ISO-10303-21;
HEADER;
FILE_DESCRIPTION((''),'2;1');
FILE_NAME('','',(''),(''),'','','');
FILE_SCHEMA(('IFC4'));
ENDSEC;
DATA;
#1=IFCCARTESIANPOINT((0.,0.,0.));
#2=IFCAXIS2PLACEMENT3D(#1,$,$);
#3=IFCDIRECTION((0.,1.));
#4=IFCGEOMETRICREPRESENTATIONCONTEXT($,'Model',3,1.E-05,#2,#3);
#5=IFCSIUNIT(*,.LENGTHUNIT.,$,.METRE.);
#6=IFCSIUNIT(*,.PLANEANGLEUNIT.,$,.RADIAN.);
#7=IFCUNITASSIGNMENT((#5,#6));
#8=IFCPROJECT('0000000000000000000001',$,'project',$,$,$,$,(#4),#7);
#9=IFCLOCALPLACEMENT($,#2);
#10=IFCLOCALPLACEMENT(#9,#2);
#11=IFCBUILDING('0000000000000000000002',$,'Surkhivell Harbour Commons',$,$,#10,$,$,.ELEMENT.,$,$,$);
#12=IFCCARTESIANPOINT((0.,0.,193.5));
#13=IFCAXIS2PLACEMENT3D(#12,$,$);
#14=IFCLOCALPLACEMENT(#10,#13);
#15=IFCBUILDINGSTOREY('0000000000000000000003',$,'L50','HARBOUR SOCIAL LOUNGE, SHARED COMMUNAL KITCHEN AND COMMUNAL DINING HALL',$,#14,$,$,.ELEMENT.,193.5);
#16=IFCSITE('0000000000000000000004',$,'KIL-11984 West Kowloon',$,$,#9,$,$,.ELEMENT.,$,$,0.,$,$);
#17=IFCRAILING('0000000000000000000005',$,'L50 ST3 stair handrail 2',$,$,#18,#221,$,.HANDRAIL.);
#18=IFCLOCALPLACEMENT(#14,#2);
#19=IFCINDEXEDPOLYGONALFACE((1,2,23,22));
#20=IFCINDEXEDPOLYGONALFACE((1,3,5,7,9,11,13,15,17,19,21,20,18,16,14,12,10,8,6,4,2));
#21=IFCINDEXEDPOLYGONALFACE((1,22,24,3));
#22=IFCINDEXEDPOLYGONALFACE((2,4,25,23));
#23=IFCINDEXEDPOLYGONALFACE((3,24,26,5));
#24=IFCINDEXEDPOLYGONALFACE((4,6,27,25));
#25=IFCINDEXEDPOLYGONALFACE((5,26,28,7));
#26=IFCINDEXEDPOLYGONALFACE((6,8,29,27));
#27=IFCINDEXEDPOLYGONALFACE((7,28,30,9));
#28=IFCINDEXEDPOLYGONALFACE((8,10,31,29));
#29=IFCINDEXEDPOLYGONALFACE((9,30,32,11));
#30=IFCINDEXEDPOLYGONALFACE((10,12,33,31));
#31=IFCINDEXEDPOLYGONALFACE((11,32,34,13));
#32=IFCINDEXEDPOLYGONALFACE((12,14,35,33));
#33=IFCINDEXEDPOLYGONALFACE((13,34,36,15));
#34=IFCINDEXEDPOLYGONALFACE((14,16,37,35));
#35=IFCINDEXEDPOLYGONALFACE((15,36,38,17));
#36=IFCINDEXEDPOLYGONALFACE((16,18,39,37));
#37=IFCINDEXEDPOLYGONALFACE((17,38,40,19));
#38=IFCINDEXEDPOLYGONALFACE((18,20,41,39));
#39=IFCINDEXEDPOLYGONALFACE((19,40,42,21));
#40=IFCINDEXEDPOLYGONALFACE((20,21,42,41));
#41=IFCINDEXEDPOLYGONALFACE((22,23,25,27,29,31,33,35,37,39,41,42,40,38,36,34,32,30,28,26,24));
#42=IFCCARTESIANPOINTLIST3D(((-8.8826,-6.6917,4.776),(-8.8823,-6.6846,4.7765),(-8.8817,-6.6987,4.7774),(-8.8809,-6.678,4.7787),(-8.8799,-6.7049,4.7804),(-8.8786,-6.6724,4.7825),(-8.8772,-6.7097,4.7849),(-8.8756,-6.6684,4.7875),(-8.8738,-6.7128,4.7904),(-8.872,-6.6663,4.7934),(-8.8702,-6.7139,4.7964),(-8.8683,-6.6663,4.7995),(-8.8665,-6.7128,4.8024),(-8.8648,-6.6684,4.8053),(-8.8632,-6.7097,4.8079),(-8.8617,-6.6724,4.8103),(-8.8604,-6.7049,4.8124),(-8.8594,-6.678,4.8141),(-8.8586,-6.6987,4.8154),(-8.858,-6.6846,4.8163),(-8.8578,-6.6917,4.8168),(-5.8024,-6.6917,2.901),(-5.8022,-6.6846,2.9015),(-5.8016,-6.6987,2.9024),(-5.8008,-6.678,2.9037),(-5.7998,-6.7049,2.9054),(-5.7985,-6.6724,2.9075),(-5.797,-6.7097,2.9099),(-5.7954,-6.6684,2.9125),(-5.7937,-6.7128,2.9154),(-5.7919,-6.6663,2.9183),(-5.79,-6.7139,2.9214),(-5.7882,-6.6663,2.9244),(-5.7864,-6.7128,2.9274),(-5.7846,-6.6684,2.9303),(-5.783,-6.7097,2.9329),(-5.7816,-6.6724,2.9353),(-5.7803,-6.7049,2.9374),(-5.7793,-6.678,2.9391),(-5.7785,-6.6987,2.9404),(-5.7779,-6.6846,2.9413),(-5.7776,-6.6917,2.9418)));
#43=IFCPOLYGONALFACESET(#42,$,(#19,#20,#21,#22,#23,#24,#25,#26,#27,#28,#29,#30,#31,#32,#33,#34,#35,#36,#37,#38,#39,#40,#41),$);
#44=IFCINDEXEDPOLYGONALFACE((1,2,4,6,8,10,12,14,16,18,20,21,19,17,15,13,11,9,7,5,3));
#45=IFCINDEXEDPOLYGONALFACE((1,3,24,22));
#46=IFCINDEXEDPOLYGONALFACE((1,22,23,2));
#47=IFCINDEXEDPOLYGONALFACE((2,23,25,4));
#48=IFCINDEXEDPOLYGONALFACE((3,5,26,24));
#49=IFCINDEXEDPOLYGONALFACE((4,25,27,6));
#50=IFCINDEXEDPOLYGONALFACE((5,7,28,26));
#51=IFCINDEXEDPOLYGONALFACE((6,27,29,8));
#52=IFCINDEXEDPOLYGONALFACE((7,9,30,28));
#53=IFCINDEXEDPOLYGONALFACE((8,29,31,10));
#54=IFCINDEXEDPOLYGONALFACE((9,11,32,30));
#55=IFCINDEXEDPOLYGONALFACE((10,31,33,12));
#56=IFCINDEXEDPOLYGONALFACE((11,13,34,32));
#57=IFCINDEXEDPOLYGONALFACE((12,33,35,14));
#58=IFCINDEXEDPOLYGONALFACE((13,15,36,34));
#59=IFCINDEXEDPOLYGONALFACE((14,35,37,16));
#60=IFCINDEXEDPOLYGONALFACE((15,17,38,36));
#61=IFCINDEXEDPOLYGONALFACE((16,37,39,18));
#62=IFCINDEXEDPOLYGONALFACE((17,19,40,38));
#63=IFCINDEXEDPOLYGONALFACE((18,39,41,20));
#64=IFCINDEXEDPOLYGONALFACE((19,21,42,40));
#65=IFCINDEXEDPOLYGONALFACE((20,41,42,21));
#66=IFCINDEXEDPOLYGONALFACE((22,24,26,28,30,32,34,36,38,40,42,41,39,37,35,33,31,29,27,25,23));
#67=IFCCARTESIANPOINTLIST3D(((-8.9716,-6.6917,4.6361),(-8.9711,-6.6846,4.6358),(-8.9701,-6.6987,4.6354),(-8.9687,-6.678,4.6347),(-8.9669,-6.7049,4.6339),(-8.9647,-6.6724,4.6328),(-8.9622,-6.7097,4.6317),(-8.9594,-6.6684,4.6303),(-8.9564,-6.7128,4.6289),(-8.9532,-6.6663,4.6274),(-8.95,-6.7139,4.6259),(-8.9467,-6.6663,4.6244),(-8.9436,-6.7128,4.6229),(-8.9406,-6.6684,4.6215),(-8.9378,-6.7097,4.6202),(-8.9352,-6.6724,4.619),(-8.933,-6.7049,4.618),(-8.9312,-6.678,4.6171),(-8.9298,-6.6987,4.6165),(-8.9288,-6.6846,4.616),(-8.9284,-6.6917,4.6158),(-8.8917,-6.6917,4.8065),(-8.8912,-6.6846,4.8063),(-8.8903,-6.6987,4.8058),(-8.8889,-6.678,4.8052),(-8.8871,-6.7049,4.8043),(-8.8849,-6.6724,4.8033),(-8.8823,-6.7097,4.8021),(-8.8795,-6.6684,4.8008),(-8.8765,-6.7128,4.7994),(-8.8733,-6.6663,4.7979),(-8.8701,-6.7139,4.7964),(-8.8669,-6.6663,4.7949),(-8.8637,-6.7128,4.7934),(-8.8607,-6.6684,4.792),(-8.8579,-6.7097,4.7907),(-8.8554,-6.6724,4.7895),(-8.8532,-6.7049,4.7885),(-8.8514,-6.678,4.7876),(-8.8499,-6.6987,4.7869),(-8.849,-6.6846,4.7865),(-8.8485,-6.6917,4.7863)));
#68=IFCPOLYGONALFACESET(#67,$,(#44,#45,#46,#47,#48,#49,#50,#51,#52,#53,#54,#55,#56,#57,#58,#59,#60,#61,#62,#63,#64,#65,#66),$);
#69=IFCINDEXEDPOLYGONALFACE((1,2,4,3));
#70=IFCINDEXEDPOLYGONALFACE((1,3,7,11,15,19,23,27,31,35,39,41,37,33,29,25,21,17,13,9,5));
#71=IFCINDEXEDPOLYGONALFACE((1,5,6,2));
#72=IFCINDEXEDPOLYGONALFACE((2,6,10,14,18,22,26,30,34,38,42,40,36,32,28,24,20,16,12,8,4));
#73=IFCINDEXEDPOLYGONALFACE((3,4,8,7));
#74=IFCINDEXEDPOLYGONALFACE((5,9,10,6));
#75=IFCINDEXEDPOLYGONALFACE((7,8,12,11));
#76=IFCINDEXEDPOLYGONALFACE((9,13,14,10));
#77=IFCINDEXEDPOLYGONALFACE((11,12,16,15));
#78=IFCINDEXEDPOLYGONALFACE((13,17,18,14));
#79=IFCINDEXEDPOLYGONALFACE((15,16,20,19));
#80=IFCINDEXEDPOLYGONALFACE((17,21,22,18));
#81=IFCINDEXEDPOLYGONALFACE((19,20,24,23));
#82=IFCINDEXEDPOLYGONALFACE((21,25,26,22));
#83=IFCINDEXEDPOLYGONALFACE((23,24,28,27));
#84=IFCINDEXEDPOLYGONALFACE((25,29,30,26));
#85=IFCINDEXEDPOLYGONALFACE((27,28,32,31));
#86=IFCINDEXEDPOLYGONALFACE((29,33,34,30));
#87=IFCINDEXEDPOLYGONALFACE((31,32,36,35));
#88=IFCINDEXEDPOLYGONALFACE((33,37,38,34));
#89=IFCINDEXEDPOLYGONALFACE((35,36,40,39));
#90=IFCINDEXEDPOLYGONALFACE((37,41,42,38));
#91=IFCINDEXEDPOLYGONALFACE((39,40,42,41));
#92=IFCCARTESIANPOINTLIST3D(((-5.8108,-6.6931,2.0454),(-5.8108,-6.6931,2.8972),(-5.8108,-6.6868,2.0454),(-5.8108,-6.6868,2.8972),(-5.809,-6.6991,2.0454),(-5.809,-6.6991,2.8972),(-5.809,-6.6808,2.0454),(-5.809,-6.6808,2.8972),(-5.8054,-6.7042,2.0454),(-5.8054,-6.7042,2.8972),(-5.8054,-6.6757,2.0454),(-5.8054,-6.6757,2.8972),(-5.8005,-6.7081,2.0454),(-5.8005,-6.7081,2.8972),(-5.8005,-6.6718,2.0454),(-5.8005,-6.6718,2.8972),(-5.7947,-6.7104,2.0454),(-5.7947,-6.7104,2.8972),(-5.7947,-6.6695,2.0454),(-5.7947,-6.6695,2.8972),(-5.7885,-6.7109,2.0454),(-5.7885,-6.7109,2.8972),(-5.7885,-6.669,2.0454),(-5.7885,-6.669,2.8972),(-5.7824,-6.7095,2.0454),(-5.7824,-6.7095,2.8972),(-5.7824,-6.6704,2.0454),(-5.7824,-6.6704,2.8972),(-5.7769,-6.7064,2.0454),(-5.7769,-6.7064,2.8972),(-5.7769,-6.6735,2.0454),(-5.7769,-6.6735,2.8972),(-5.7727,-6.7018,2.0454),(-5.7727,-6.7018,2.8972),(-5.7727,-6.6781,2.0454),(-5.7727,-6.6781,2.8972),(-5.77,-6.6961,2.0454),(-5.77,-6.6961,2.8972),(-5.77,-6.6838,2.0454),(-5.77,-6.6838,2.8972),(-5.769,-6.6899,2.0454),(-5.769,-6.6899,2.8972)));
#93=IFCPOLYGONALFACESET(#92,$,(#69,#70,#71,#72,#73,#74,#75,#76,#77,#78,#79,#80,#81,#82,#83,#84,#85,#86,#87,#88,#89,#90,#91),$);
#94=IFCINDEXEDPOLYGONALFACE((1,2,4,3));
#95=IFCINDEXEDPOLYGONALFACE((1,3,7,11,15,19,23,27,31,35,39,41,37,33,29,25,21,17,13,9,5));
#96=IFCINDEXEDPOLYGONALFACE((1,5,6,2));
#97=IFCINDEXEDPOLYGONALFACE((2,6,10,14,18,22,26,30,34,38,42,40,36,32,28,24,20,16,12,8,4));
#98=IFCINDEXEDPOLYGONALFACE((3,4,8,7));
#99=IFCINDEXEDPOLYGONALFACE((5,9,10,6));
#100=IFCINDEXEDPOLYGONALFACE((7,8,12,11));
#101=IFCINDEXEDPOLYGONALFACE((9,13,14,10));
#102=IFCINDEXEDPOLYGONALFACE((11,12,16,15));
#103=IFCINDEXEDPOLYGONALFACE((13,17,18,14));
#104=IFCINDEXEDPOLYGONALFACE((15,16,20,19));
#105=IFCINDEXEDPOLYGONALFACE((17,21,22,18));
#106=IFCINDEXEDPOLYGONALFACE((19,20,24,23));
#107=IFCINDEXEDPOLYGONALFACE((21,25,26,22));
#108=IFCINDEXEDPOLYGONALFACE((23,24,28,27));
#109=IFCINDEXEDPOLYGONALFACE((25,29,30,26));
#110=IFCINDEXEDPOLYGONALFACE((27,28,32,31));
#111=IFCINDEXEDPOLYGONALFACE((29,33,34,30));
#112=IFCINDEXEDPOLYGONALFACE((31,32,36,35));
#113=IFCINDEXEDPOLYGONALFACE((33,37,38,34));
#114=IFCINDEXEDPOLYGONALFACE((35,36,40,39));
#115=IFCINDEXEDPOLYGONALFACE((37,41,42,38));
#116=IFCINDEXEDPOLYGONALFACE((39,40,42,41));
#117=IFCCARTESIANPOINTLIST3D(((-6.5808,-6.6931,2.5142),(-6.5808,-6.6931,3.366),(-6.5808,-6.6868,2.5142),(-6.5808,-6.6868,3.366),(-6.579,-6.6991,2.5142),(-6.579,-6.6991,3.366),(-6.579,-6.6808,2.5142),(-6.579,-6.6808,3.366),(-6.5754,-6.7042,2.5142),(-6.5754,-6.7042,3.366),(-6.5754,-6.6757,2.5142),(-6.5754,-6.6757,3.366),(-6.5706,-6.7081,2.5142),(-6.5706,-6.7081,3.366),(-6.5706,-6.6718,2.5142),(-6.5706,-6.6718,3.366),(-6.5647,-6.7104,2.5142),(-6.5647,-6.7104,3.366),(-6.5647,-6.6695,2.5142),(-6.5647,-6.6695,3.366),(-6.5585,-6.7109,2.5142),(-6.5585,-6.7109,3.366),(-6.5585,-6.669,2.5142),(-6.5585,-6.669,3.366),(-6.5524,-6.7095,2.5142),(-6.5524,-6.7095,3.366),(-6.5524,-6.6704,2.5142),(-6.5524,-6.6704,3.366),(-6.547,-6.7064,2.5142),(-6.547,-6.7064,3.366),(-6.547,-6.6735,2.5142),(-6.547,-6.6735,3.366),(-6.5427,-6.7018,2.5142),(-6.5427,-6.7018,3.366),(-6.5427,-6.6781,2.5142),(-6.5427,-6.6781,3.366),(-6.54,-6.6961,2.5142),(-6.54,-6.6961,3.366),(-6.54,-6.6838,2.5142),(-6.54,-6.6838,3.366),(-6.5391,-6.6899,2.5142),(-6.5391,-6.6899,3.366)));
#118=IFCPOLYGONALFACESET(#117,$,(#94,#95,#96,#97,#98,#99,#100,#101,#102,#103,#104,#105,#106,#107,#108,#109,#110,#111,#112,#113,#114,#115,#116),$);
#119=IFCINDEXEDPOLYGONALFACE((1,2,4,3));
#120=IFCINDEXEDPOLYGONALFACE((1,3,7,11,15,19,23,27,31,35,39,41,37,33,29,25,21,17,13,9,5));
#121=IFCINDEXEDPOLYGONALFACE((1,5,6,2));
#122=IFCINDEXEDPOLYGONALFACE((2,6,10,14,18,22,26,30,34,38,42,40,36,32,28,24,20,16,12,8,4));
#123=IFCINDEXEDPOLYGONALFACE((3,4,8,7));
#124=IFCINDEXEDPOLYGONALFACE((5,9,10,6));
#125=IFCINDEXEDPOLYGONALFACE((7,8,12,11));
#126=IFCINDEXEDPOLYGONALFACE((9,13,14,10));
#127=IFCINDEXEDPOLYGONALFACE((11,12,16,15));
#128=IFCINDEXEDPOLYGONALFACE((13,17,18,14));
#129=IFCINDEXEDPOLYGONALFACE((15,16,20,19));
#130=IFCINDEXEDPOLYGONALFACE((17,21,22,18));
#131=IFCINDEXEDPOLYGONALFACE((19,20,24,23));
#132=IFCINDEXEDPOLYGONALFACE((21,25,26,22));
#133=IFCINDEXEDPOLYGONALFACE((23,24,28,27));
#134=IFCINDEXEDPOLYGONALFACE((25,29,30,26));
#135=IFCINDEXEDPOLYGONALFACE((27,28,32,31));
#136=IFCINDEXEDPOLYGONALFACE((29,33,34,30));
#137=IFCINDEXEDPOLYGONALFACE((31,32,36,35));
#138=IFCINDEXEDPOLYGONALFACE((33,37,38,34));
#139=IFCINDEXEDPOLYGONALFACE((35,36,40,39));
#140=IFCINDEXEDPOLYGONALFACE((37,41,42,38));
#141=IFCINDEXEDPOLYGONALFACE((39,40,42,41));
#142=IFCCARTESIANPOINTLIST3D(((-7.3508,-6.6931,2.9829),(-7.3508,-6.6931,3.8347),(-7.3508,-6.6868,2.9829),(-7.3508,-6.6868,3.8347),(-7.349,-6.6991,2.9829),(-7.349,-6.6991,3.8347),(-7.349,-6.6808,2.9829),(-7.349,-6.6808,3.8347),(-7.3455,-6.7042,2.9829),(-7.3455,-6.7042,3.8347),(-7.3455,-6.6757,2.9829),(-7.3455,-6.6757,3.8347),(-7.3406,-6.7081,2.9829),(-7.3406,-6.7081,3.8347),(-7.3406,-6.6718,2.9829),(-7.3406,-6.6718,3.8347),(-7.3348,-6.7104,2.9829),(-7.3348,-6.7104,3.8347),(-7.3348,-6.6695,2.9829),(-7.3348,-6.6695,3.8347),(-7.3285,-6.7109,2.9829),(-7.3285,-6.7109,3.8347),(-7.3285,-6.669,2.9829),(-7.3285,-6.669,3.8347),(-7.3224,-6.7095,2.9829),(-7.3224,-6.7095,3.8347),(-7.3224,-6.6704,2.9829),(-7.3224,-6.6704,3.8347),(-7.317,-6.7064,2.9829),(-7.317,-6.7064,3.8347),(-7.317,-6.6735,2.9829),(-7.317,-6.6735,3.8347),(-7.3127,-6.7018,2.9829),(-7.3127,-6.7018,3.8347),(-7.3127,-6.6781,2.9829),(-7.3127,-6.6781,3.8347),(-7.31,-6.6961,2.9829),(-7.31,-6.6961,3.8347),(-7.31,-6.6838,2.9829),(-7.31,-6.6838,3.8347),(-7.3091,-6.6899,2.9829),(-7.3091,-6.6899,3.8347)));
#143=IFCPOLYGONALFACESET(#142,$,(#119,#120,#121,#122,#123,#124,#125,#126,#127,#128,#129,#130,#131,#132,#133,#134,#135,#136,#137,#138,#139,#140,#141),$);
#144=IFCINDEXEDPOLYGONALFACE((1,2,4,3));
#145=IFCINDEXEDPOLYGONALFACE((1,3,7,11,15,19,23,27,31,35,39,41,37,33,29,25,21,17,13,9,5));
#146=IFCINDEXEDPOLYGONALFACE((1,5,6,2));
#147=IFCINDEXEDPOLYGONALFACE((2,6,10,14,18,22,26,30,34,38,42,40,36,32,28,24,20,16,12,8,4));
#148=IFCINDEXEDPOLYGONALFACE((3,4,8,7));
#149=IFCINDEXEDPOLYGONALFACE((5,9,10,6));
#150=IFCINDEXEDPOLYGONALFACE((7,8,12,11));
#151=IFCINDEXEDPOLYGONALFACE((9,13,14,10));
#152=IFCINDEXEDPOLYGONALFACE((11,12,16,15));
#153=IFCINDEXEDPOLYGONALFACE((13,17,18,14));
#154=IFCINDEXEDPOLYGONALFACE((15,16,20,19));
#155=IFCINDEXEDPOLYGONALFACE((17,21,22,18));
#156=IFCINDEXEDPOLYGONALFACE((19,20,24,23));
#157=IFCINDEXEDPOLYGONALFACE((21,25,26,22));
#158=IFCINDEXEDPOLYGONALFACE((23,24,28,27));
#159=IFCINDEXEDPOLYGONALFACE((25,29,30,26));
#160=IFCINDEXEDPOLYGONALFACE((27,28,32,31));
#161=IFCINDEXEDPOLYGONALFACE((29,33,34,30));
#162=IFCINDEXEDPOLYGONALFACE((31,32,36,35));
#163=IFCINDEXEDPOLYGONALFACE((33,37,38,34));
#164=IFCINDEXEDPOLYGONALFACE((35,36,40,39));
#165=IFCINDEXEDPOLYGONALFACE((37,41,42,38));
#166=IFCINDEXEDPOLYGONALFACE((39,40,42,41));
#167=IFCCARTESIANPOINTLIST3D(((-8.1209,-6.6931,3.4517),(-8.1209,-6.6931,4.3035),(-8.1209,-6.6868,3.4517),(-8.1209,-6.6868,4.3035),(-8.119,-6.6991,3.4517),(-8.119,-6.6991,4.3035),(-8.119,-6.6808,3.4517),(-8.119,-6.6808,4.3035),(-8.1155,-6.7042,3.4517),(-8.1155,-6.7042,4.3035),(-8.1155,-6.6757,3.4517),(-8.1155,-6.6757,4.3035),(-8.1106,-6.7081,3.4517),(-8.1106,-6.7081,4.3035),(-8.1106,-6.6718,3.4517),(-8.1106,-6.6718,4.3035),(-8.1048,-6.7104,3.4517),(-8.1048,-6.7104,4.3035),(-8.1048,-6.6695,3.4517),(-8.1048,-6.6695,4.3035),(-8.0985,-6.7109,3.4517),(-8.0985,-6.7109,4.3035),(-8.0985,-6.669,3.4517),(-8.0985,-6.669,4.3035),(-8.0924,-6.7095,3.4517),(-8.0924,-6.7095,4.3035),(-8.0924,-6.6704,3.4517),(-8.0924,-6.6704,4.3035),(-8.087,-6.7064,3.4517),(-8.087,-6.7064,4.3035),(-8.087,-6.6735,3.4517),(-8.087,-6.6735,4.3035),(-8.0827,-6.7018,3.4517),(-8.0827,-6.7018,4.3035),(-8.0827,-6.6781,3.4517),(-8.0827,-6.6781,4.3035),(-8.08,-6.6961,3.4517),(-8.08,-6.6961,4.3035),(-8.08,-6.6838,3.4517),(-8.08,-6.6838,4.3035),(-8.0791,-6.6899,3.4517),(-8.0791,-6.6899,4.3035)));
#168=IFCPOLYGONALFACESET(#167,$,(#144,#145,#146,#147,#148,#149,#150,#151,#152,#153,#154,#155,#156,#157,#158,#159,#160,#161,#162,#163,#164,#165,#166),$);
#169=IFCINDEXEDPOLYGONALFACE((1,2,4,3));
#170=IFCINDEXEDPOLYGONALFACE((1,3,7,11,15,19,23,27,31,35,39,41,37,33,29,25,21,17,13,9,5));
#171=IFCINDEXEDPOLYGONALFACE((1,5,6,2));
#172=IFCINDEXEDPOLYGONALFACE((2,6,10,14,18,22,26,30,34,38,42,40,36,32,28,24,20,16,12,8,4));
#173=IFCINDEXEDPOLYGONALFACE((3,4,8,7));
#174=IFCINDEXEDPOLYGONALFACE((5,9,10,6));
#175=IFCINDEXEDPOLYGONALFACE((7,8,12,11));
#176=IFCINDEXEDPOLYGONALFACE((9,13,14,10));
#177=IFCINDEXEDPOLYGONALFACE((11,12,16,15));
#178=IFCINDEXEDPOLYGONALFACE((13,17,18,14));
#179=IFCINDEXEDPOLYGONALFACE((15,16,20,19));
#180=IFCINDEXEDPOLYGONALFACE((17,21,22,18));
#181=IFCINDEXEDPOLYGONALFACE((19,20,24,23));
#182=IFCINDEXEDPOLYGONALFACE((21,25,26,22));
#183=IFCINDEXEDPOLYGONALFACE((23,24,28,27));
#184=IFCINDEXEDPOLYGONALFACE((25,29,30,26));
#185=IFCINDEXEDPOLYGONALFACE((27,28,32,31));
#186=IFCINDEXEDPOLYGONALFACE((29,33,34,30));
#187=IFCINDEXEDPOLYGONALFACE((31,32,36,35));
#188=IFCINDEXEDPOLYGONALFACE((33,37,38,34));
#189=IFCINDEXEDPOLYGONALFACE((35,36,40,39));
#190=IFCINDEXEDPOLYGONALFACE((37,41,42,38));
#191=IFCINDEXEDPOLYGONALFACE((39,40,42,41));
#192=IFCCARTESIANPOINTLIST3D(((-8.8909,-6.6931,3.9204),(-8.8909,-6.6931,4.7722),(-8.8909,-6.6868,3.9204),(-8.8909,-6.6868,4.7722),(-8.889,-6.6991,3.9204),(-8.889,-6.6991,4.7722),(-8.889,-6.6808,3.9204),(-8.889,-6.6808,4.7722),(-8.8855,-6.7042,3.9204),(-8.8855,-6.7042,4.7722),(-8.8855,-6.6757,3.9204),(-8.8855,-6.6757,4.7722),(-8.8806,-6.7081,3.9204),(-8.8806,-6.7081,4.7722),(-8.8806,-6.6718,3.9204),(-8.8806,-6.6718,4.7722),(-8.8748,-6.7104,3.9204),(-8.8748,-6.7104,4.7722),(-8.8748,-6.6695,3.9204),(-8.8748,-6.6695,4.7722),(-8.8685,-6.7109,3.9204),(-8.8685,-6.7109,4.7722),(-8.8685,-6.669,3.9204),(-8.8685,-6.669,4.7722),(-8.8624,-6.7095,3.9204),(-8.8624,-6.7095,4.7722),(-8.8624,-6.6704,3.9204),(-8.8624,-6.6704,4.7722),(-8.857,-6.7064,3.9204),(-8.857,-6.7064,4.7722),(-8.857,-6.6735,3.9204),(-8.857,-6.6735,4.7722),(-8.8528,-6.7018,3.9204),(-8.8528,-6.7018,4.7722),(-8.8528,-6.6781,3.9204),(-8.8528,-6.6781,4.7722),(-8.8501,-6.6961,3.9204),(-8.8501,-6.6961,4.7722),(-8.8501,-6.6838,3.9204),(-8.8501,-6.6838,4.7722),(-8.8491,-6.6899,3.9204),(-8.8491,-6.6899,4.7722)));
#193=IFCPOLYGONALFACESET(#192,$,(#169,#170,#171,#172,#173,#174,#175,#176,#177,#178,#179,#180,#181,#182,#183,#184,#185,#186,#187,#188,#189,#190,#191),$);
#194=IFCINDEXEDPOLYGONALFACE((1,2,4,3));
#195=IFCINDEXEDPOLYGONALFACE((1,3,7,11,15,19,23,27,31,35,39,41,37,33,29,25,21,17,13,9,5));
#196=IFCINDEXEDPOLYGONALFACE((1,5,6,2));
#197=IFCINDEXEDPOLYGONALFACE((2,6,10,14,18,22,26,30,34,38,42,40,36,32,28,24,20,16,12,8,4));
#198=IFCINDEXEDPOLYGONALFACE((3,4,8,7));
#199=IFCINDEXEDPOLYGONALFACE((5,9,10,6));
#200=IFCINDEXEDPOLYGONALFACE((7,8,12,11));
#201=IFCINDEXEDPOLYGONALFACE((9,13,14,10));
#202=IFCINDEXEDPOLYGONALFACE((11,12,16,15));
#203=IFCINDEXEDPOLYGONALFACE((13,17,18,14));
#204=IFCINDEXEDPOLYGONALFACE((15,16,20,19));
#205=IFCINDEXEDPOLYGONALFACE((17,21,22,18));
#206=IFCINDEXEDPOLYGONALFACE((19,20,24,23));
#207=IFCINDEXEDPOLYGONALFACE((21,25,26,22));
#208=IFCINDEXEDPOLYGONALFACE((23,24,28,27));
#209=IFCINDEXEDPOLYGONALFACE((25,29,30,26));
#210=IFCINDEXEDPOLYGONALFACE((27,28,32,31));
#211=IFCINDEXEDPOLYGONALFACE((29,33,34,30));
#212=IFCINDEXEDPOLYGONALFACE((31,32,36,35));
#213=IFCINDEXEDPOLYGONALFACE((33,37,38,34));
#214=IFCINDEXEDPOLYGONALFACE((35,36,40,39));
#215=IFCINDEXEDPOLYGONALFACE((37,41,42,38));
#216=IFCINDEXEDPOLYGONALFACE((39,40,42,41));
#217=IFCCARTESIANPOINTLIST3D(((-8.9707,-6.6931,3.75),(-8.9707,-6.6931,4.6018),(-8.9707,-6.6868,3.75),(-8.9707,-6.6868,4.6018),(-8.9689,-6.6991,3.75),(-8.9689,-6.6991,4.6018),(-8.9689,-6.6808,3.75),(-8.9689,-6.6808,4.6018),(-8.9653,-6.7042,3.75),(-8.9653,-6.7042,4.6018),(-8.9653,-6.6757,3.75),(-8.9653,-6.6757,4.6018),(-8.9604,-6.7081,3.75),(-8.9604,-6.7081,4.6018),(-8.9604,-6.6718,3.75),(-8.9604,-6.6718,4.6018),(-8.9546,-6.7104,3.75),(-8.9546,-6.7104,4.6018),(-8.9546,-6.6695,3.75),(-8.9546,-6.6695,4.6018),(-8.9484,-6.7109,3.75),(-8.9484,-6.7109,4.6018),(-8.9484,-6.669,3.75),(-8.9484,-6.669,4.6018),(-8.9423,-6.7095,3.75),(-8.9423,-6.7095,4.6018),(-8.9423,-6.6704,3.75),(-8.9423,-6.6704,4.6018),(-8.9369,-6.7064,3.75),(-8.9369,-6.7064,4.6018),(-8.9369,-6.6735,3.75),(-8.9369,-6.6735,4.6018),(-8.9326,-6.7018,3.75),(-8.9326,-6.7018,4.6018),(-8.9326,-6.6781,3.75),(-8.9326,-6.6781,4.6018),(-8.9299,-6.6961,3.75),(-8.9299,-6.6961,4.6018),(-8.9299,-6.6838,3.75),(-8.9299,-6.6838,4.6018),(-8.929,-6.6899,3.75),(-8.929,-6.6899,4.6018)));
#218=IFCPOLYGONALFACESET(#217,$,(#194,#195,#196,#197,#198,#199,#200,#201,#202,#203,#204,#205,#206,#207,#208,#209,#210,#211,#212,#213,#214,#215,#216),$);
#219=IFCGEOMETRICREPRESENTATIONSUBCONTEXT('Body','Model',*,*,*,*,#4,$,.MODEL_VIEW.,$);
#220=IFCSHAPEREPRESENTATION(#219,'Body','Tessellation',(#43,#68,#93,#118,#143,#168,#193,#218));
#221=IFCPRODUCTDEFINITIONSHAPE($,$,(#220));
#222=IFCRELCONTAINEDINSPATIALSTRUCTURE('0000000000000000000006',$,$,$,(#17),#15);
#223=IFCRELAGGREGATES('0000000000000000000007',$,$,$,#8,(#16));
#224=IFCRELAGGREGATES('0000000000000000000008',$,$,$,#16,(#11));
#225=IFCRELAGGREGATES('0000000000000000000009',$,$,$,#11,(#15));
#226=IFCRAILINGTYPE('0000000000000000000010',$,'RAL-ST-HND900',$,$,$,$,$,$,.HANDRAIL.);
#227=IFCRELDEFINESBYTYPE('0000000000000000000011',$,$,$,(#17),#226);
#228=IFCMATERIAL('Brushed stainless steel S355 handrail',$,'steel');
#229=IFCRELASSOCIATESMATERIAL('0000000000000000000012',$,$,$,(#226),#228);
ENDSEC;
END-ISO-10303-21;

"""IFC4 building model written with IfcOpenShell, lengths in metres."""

from ifc_helpers import new_model, si_unit, direction, frame, origin, origin_2d, place, context, subcontext, project, spatial, circle, extrude, material, type_object, element, save


model = new_model("IFC4")

# Units and contexts
model_context = context("Model", 3, precision=1e-05, world=origin(), true_north=direction((0.0, 1.0)))
body_context = subcontext(model_context, "Body", "Model", "MODEL_VIEW")
ifc_project = project(units=[si_unit("LENGTHUNIT", "METRE"), si_unit("PLANEANGLEUNIT", "RADIAN")], contexts=[model_context])

# Site, building, storey
site_placement = place(None, origin())
site = spatial("IfcSite", under=ifc_project, at=site_placement, Name="KIL-11984 West Kowloon", CompositionType="ELEMENT", RefElevation=0.0)
building_placement = place(site_placement, origin())
building = spatial("IfcBuilding", under=site, at=building_placement, Name="Surkhivell Harbour Commons", CompositionType="ELEMENT")
storey_placement = place(building_placement, frame((0.0, 0.0, 193.5)))
storey = spatial("IfcBuildingStorey", under=building, at=storey_placement, Name="L50", Description="HARBOUR SOCIAL LOUNGE, SHARED COMMUNAL KITCHEN AND COMMUNAL DINING HALL", CompositionType="ELEMENT", Elevation=193.5)

# Railing
ifc_material_1 = material(Name="Brushed stainless steel S355 handrail", Category="steel")
railing_type_1 = type_object("IfcRailingType", Name="RAL-ST-HND900", PredefinedType="HANDRAIL", material=ifc_material_1)
railing_1_placement = place(storey_placement, frame((-5.79, -6.6899, 2.0454)))
element("IfcRailing", 1, at=railing_1_placement, inside=storey, type_object=railing_type_1, Name="L50 ST3 stair handrail 2", PredefinedType="HANDRAIL", context=body_context, shape_type="SweptSolid", body=[
    extrude(circle(Radius=0.0239, at=origin_2d()), frame((0.0, 0.0, 0.876), z_axis=(-0.854178, 0.0, 0.519981), x_axis=(0.0, -1.0, 0.0)), (0.0, 0.0, 1.0), 3.606),
    extrude(circle(Radius=0.0239, at=origin_2d()), frame((-3.0801, 0.0, 2.751), z_axis=(-0.424234, 0.0, -0.905552), x_axis=(0.0, -1.0, 0.0)), (0.0, 0.0, 1.0), 0.1882),
    extrude(circle(Radius=0.021, at=origin_2d()), origin(), (0.0, 0.0, 1.0), 0.8518),
    extrude(circle(Radius=0.021, at=origin_2d()), frame((-0.77, 0.0, 0.4688)), (0.0, 0.0, 1.0), 0.8518),
    extrude(circle(Radius=0.021, at=origin_2d()), frame((-1.54, 0.0, 0.9375)), (0.0, 0.0, 1.0), 0.8518),
    extrude(circle(Radius=0.021, at=origin_2d()), frame((-2.3101, 0.0, 1.4062)), (0.0, 0.0, 1.0), 0.8518),
    extrude(circle(Radius=0.021, at=origin_2d()), frame((-3.0801, 0.0, 1.875)), (0.0, 0.0, 1.0), 0.8518),
    extrude(circle(Radius=0.021, at=origin_2d()), frame((-3.1599, 0.0, 1.7046)), (0.0, 0.0, 1.0), 0.8518),
])

save(model, "model.ifc")
